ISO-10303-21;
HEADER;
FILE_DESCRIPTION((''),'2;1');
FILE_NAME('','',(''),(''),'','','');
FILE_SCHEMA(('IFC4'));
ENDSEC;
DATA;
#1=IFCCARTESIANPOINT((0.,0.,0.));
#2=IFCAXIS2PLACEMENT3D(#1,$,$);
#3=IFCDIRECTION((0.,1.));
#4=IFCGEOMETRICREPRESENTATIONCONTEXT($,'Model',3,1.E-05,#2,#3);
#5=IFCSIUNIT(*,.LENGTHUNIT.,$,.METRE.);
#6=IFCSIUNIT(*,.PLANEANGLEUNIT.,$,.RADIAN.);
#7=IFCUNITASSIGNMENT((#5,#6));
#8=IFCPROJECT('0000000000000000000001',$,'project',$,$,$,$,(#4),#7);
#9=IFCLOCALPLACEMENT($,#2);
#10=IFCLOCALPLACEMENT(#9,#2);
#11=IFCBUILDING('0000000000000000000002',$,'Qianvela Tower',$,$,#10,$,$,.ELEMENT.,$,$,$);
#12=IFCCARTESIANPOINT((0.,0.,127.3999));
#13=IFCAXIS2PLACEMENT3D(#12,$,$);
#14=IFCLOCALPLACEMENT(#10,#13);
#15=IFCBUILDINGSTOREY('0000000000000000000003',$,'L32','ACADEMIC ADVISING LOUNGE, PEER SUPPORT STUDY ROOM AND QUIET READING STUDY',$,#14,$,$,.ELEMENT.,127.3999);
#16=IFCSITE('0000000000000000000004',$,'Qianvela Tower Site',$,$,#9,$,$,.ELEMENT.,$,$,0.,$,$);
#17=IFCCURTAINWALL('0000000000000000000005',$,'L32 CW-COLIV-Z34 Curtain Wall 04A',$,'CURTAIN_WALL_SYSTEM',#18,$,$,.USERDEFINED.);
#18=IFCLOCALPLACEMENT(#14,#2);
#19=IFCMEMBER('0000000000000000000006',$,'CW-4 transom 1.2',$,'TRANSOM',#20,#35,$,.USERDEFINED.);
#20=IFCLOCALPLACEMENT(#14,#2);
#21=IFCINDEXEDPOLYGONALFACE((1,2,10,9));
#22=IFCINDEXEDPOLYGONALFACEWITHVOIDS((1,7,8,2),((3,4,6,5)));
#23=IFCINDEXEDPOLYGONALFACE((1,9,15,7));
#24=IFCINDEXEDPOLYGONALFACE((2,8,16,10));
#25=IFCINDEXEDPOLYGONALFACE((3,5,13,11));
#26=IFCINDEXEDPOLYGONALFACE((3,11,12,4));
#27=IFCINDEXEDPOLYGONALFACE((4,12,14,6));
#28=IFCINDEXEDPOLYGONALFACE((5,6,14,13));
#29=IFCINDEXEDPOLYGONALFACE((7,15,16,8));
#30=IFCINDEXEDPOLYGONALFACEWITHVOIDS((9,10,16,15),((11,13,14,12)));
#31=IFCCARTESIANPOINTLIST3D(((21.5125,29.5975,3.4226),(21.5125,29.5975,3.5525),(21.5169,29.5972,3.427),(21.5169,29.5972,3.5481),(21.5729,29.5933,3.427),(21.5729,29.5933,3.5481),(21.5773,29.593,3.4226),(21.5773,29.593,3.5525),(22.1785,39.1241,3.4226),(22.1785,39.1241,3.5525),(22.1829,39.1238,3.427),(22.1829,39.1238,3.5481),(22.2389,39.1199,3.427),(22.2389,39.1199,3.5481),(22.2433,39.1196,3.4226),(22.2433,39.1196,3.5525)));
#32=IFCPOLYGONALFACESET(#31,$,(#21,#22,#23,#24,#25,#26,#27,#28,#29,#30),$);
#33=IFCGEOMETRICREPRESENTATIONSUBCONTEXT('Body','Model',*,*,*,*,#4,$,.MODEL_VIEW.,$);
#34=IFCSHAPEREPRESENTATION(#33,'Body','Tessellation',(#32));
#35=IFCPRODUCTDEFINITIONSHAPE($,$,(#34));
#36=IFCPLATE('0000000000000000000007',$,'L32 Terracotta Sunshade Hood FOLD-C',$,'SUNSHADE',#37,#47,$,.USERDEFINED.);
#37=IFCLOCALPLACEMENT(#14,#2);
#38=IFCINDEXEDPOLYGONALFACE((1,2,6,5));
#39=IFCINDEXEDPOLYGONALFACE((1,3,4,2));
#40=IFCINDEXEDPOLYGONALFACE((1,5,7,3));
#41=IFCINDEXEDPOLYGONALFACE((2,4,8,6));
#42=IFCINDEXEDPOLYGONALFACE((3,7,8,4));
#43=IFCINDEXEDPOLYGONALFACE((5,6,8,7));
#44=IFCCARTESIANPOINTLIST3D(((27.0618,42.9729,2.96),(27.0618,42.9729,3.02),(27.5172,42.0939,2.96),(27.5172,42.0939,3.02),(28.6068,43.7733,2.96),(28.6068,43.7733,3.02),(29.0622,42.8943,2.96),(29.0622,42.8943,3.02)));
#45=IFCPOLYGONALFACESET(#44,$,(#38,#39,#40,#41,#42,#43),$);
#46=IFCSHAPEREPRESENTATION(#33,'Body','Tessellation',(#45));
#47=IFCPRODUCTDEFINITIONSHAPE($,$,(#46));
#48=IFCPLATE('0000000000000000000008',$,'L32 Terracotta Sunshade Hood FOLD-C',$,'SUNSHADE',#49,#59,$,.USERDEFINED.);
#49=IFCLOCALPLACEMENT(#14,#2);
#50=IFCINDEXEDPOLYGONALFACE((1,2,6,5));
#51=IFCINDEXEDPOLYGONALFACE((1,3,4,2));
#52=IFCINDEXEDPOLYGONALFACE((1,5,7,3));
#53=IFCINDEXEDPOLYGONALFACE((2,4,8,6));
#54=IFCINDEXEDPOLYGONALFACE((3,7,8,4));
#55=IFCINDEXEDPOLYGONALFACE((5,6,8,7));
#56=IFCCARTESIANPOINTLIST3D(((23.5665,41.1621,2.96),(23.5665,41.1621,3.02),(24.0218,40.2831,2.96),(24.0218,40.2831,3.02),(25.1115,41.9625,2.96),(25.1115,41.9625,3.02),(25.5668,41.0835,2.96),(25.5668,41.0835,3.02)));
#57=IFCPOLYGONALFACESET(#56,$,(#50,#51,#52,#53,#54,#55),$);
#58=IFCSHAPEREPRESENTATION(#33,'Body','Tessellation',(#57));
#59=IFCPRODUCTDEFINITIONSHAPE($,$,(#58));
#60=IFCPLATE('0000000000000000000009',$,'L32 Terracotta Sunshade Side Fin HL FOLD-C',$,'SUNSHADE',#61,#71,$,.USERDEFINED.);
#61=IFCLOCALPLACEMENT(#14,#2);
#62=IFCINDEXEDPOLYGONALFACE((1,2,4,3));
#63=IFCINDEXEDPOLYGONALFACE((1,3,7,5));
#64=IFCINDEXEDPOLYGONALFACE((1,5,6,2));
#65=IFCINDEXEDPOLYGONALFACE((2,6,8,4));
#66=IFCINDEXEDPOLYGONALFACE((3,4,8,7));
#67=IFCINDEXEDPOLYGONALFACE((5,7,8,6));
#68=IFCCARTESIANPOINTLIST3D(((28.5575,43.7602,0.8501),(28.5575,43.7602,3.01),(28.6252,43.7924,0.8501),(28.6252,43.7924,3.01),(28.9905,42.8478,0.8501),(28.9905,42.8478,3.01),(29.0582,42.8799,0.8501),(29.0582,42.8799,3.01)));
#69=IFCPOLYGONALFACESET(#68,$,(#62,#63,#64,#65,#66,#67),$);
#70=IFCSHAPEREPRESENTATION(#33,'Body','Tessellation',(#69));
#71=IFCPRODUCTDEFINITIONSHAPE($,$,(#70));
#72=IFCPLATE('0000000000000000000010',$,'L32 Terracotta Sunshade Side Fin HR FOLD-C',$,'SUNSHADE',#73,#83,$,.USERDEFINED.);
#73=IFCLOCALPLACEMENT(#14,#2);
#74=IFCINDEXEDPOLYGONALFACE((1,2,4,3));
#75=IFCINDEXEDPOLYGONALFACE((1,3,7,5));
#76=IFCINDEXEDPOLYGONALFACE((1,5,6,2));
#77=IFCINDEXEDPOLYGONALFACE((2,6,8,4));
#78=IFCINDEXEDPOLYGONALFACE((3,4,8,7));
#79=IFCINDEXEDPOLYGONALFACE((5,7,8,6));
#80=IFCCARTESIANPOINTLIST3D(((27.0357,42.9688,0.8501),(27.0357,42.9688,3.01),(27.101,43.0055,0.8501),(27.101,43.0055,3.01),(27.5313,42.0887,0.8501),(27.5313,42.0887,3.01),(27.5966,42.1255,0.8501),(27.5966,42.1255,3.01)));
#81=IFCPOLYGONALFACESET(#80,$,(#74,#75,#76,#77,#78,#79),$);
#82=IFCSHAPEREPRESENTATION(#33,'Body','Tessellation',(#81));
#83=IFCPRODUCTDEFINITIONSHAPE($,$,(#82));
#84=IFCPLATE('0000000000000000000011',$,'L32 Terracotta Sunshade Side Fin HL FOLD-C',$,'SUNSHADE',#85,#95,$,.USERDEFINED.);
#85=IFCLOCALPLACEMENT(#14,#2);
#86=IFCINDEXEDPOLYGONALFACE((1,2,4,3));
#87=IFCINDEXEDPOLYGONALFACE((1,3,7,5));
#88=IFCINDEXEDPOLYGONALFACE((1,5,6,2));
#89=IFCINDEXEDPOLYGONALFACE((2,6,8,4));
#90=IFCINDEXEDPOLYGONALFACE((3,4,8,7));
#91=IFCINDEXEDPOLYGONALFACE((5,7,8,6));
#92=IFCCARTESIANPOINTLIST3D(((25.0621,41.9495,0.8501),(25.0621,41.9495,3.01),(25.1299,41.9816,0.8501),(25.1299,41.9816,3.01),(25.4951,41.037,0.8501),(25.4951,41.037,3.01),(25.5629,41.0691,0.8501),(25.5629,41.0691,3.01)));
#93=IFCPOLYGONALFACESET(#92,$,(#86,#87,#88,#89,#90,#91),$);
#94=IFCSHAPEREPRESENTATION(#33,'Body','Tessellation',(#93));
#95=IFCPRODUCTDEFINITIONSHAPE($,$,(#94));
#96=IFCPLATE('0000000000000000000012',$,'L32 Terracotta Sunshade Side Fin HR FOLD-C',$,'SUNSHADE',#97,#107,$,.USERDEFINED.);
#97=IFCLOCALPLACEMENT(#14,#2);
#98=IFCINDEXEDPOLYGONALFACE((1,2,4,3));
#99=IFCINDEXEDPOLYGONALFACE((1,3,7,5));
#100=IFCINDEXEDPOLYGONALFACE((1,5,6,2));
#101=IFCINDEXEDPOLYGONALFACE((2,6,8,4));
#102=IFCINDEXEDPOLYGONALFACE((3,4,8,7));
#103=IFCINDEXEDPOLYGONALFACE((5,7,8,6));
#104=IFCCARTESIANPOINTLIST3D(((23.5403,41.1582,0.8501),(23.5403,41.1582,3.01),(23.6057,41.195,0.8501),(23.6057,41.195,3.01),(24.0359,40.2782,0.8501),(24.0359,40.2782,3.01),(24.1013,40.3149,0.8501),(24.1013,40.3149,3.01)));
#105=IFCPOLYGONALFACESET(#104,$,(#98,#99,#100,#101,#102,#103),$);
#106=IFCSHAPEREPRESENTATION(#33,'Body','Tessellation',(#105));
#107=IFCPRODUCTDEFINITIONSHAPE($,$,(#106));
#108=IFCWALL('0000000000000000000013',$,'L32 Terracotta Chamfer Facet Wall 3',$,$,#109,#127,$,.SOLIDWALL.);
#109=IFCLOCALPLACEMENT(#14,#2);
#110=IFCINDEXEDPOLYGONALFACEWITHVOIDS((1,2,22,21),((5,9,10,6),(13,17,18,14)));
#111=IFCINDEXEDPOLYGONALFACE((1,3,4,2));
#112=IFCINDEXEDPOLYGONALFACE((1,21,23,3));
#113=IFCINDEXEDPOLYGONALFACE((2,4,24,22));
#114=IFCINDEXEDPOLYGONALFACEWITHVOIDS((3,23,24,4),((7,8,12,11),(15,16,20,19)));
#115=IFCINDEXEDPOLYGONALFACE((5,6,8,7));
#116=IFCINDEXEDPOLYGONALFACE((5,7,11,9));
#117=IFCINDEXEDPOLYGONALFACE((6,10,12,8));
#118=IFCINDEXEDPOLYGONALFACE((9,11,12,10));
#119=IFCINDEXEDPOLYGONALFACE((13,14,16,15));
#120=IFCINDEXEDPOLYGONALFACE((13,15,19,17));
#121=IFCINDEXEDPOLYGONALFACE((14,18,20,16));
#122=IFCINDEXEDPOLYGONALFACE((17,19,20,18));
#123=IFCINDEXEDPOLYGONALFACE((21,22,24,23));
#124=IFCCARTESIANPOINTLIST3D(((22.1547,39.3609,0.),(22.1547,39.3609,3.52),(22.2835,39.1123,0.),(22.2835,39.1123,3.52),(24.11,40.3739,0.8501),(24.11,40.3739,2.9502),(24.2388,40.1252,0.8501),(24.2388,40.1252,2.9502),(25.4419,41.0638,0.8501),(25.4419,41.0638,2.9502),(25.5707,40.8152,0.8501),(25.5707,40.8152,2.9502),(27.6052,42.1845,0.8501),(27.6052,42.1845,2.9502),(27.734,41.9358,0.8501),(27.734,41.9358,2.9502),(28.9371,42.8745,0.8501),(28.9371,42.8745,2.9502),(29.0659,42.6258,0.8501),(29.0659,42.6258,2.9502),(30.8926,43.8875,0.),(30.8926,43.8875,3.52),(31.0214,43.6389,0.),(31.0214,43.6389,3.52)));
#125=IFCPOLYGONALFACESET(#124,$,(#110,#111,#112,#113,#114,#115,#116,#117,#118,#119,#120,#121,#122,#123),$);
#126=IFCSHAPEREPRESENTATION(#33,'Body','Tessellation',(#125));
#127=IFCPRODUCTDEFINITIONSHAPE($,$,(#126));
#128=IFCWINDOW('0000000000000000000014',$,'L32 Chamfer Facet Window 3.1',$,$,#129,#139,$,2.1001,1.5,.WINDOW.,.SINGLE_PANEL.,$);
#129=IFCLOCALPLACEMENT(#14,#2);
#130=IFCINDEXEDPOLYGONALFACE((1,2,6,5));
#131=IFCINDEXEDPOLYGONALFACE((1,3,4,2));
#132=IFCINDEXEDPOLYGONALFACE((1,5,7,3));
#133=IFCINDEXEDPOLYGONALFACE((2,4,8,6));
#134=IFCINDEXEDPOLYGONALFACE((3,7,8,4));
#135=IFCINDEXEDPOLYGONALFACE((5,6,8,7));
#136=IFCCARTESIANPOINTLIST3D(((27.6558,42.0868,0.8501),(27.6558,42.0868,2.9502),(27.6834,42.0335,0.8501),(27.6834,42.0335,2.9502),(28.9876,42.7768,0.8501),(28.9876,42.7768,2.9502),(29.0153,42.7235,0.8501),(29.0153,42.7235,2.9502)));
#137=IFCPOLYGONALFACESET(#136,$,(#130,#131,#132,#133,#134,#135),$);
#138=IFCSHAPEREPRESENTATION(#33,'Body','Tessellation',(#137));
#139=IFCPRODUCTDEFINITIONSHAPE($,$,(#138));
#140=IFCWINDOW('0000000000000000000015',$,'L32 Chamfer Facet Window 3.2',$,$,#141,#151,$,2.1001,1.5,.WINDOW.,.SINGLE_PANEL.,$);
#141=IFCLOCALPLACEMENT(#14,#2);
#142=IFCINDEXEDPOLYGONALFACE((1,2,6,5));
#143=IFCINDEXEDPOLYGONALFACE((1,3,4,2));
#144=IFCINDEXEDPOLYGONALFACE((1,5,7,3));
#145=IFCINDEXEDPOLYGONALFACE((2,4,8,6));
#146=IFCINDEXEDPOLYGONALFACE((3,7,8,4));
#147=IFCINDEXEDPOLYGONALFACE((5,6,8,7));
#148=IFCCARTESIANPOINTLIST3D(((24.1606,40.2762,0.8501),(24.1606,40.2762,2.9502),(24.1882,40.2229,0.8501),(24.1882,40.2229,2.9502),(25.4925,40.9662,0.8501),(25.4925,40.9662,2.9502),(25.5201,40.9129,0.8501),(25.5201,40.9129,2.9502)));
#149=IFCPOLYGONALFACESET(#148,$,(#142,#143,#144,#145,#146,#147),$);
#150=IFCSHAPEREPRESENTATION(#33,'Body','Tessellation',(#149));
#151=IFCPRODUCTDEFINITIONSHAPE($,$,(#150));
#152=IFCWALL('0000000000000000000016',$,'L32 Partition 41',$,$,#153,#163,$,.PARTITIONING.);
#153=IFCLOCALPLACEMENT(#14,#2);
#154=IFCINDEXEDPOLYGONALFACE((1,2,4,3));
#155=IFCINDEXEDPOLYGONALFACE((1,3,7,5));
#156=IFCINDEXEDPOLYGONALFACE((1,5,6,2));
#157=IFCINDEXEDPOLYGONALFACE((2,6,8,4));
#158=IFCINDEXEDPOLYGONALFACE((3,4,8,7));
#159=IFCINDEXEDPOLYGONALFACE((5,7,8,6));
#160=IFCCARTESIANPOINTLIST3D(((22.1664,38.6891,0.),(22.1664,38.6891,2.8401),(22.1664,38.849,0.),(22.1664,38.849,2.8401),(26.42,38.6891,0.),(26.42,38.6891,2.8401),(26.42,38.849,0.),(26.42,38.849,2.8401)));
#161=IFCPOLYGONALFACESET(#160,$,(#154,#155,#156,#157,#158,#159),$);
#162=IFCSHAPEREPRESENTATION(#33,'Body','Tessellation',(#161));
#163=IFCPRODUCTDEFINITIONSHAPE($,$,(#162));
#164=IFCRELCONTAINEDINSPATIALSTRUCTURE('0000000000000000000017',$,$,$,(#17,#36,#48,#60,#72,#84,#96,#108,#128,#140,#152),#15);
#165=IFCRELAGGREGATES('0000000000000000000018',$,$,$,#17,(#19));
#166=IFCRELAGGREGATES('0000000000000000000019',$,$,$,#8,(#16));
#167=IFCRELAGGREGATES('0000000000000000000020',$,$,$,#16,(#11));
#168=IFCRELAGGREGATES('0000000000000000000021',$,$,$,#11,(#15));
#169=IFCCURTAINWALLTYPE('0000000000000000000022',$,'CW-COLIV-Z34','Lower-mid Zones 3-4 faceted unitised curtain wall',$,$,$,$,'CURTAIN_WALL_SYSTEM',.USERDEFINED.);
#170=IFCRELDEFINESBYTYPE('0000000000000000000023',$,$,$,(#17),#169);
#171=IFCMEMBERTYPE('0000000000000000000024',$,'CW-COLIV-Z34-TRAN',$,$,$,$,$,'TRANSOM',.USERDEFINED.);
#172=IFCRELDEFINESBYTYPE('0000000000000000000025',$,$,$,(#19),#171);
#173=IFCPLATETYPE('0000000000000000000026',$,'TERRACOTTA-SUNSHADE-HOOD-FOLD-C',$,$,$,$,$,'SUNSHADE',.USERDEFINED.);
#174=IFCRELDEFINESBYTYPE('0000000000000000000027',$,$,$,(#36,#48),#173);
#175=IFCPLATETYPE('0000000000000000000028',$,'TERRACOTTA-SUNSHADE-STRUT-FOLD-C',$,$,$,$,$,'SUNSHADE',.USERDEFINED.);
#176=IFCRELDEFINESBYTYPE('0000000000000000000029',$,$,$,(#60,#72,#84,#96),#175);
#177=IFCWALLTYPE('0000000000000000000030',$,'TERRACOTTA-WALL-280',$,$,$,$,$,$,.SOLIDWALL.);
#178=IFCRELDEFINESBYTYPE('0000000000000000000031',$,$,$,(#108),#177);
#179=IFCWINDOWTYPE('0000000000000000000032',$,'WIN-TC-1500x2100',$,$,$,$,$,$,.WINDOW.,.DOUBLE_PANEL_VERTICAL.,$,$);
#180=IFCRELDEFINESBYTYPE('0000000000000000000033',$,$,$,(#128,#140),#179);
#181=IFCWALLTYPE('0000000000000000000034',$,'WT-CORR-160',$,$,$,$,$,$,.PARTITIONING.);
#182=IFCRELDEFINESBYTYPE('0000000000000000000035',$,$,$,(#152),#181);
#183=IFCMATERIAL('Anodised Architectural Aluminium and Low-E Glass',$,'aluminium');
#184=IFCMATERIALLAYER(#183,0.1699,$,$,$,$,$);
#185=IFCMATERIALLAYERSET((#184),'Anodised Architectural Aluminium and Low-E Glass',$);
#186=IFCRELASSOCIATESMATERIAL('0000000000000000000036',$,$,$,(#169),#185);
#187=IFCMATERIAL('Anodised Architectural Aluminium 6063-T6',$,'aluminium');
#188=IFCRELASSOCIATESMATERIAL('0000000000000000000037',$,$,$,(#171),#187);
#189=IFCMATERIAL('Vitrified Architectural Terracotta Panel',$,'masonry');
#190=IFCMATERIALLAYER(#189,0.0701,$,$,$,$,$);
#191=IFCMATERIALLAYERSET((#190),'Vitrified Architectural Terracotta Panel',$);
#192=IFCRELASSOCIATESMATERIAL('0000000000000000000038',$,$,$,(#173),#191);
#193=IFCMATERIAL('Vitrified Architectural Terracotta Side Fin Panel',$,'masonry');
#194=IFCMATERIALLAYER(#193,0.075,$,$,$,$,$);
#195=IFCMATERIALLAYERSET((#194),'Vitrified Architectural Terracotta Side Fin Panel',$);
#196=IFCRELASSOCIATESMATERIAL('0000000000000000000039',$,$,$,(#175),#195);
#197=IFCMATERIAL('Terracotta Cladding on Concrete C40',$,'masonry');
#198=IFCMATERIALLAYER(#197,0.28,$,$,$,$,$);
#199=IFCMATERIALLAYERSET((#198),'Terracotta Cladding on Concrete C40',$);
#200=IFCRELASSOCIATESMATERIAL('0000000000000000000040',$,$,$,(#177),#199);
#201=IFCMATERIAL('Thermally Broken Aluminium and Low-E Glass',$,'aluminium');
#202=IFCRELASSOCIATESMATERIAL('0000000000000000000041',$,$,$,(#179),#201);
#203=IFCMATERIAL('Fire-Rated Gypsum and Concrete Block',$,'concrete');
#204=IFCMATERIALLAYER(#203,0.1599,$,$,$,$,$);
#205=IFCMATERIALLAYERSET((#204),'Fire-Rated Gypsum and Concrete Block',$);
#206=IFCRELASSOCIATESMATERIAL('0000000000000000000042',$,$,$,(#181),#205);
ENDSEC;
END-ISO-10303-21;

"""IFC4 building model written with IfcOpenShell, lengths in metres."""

from ifc_helpers import new_model, si_unit, direction, frame, frame_2d, origin, origin_2d, place, context, subcontext, project, spatial, rectangle, hollow_rectangle, extrude, material, layer, layer_set, material_profile, profile_set, type_object, element, fill, aggregate, save


model = new_model("IFC4")

# Units and contexts
model_context = context("Model", 3, precision=1e-05, world=origin(), true_north=direction((0.0, 1.0)))
body_context = subcontext(model_context, "Body", "Model", "MODEL_VIEW")
ifc_project = project(units=[si_unit("LENGTHUNIT", "METRE"), si_unit("PLANEANGLEUNIT", "RADIAN")], contexts=[model_context])

# Site, building, storey
site_placement = place(None, origin())
site = spatial("IfcSite", under=ifc_project, at=site_placement, Name="Qianvela Tower Site", CompositionType="ELEMENT", RefElevation=0.0)
building_placement = place(site_placement, origin())
building = spatial("IfcBuilding", under=site, at=building_placement, Name="Qianvela Tower", CompositionType="ELEMENT")
storey_placement = place(building_placement, frame((0.0, 0.0, 127.3999)))
storey = spatial("IfcBuildingStorey", under=building, at=storey_placement, Name="L32", Description="ACADEMIC ADVISING LOUNGE, PEER SUPPORT STUDY ROOM AND QUIET READING STUDY", CompositionType="ELEMENT", Elevation=127.3999)

# Shared definitions
ifc_material_1 = material(Name="Anodised Architectural Aluminium and Low-E Glass", Category="aluminium")
ifc_layer_1 = layer(ifc_material_1, 0.1699)
ifc_layer_set_1 = layer_set([ifc_layer_1], Name="Anodised Architectural Aluminium and Low-E Glass")
curtain_wall_type = type_object("IfcCurtainWallType", Name="CW-COLIV-Z34", Description="Lower-mid Zones 3-4 faceted unitised curtain wall", ElementType="CURTAIN_WALL_SYSTEM", PredefinedType="USERDEFINED", material=ifc_layer_set_1)

# Curtain wall, member
curtain_wall_1_placement = place(storey_placement, origin())
curtain_wall_1 = element("IfcCurtainWall", 1, at=curtain_wall_1_placement, inside=storey, type_object=curtain_wall_type, Name="L32 CW-COLIV-Z34 Curtain Wall 04A", ObjectType="CURTAIN_WALL_SYSTEM", PredefinedType="USERDEFINED")
ifc_material_2 = material(Name="Anodised Architectural Aluminium 6063-T6", Category="aluminium")
ifc_material_profile_1 = material_profile(ifc_material_2, hollow_rectangle(XDim=0.0649, YDim=0.1299, WallThickness=0.0044, at=origin_2d()), Name="ALU-TRAN-65x130")
ifc_profile_set_1 = profile_set([ifc_material_profile_1], Name="Anodised Architectural Aluminium 6063-T6")
member_type_1 = type_object("IfcMemberType", Name="CW-COLIV-Z34-TRAN", ElementType="TRANSOM", PredefinedType="USERDEFINED", material=ifc_profile_set_1)
member_1_placement = place(storey_placement, frame((22.2109, 39.1218, 3.4875), z_axis=(-0.069741, -0.997565, 0.0), x_axis=(0.997565, -0.069741, 0.0)))
member_1 = element("IfcMember", 2, at=member_1_placement, type_object=member_type_1, Name="CW-4 transom 1.2", ObjectType="TRANSOM", PredefinedType="USERDEFINED", context=body_context, shape_type="SweptSolid", body=[
    extrude(hollow_rectangle(XDim=0.0649, YDim=0.1299, WallThickness=0.0044, at=origin_2d()), origin(), (0.0, 0.0, 1.0), 9.5498),
])
aggregate(curtain_wall_1, [member_1])

# Plates
ifc_material_3 = material(Name="Vitrified Architectural Terracotta Panel", Category="masonry")
ifc_layer_2 = layer(ifc_material_3, 0.0701)
ifc_layer_set_2 = layer_set([ifc_layer_2], Name="Vitrified Architectural Terracotta Panel")
plate_type_1 = type_object("IfcPlateType", Name="TERRACOTTA-SUNSHADE-HOOD-FOLD-C", ElementType="SUNSHADE", PredefinedType="USERDEFINED", material=ifc_layer_set_2)
for number, where, z_axis, x_axis, name in (
    (3, (28.062, 42.9336, 2.96), (0.0, 0.0, 1.0), (-0.887928, -0.459983, 0.0), "L32 Terracotta Sunshade Hood FOLD-C"),
    (4, (24.5667, 41.1228, 2.96), (0.0, 0.0, 1.0), (-0.887928, -0.459983, 0.0), "L32 Terracotta Sunshade Hood FOLD-C"),
):
    element("IfcPlate", number, at=place(storey_placement, frame(where, z_axis=z_axis, x_axis=x_axis)), inside=storey, type_object=plate_type_1, Name=name, ObjectType="SUNSHADE", PredefinedType="USERDEFINED", context=body_context, shape_type="SweptSolid", body=[
        extrude(rectangle(XDim=1.74, YDim=0.99, at=origin_2d()), origin(), (0.0, 0.0, 1.0), 0.0601),
    ])
ifc_material_4 = material(Name="Vitrified Architectural Terracotta Side Fin Panel", Category="masonry")
ifc_layer_3 = layer(ifc_material_4, 0.075)
ifc_layer_set_3 = layer_set([ifc_layer_3], Name="Vitrified Architectural Terracotta Side Fin Panel")
plate_type_2 = type_object("IfcPlateType", Name="TERRACOTTA-SUNSHADE-STRUT-FOLD-C", ElementType="SUNSHADE", PredefinedType="USERDEFINED", material=ifc_layer_set_3)
for number, where, z_axis, x_axis, name in (
    (5, (28.8079, 43.3201, 0.8501), (0.0, 0.0, 1.0), (-0.90344, -0.428714, 0.0), "L32 Terracotta Sunshade Side Fin HL FOLD-C"),
    (6, (27.3162, 42.5471, 0.8501), (0.0, 0.0, 1.0), (-0.871334, -0.490691, 0.0), "L32 Terracotta Sunshade Side Fin HR FOLD-C"),
    (7, (25.3125, 41.5093, 0.8501), (0.0, 0.0, 1.0), (-0.90344, -0.428714, 0.0), "L32 Terracotta Sunshade Side Fin HL FOLD-C"),
    (8, (23.8208, 40.7366, 0.8501), (0.0, 0.0, 1.0), (-0.871334, -0.490691, 0.0), "L32 Terracotta Sunshade Side Fin HR FOLD-C"),
):
    element("IfcPlate", number, at=place(storey_placement, frame(where, z_axis=z_axis, x_axis=x_axis)), inside=storey, type_object=plate_type_2, Name=name, ObjectType="SUNSHADE", PredefinedType="USERDEFINED", context=body_context, shape_type="SweptSolid", body=[
        extrude(rectangle(XDim=0.075, YDim=1.01, at=origin_2d()), origin(), (0.0, 0.0, 1.0), 2.1599),
    ])

# Wall, openings, windows
ifc_material_5 = material(Name="Terracotta Cladding on Concrete C40", Category="masonry")
ifc_layer_4 = layer(ifc_material_5, 0.28)
ifc_layer_set_4 = layer_set([ifc_layer_4], Name="Terracotta Cladding on Concrete C40")
wall_type_1 = type_object("IfcWallType", Name="TERRACOTTA-WALL-280", PredefinedType="SOLIDWALL", material=ifc_layer_set_4)
wall_1_placement = place(storey_placement, frame((30.957, 43.7632, 0.0), z_axis=(0.0, 0.0, 1.0), x_axis=(-0.88793, -0.459979, 0.0)))
wall_1 = element("IfcWall", 9, at=wall_1_placement, inside=storey, type_object=wall_type_1, Name="L32 Terracotta Chamfer Facet Wall 3", PredefinedType="SOLIDWALL", context=body_context, shape_type="SweptSolid", body=[
    extrude(rectangle(XDim=9.8408, YDim=0.28, at=frame_2d((4.9204, 0.0))), origin(), (0.0, 0.0, 1.0), 3.52),
])
opening_1_placement = place(wall_1_placement, frame((2.2024, 0.0, 0.8501)))
opening_1 = element("IfcOpeningElement", 10, at=opening_1_placement, cuts=wall_1, PredefinedType="OPENING", context=body_context, shape_type="SweptSolid", body=[
    extrude(rectangle(XDim=1.5, YDim=2.1001, at=frame_2d((0.75, 1.05))), frame((0.0, 0.1499, 0.0), z_axis=(0.0, -1.0, 0.0), x_axis=(1.0, 0.0, 0.0)), (0.0, 0.0, 1.0), 0.3),
])
opening_2_placement = place(wall_1_placement, frame((6.1387, 0.0, 0.8501)))
opening_2 = element("IfcOpeningElement", 11, at=opening_2_placement, cuts=wall_1, PredefinedType="OPENING", context=body_context, shape_type="SweptSolid", body=[
    extrude(rectangle(XDim=1.5, YDim=2.1001, at=frame_2d((0.75, 1.05))), frame((0.0, 0.1499, 0.0), z_axis=(0.0, -1.0, 0.0), x_axis=(1.0, 0.0, 0.0)), (0.0, 0.0, 1.0), 0.3),
])
ifc_material_6 = material(Name="Thermally Broken Aluminium and Low-E Glass", Category="aluminium")
window_type = type_object("IfcWindowType", Name="WIN-TC-1500x2100", PartitioningType="DOUBLE_PANEL_VERTICAL", PredefinedType="WINDOW", material=ifc_material_6)
window_1_placement = place(opening_1_placement, origin())
window_1 = element("IfcWindow", 12, at=window_1_placement, inside=storey, type_object=window_type, Name="L32 Chamfer Facet Window 3.1", OverallHeight=2.1001, OverallWidth=1.5, PartitioningType="SINGLE_PANEL", PredefinedType="WINDOW", context=body_context, shape_type="SweptSolid", body=[
    extrude(rectangle(XDim=1.5, YDim=2.1001, at=frame_2d((0.75, 1.05))), frame((0.0, 0.03, 0.0), z_axis=(0.0, -1.0, 0.0), x_axis=(1.0, 0.0, 0.0)), (0.0, 0.0, 1.0), 0.0601),
])
fill(opening_1, window_1)
window_2_placement = place(opening_2_placement, origin())
window_2 = element("IfcWindow", 13, at=window_2_placement, inside=storey, type_object=window_type, Name="L32 Chamfer Facet Window 3.2", OverallHeight=2.1001, OverallWidth=1.5, PartitioningType="SINGLE_PANEL", PredefinedType="WINDOW", context=body_context, shape_type="SweptSolid", body=[
    extrude(rectangle(XDim=1.5, YDim=2.1001, at=frame_2d((0.75, 1.05))), frame((0.0, 0.03, 0.0), z_axis=(0.0, -1.0, 0.0), x_axis=(1.0, 0.0, 0.0)), (0.0, 0.0, 1.0), 0.0601),
])
fill(opening_2, window_2)

# Wall
ifc_material_7 = material(Name="Fire-Rated Gypsum and Concrete Block", Category="concrete")
ifc_layer_5 = layer(ifc_material_7, 0.1599)
ifc_layer_set_5 = layer_set([ifc_layer_5], Name="Fire-Rated Gypsum and Concrete Block")
wall_type_2 = type_object("IfcWallType", Name="WT-CORR-160", PredefinedType="PARTITIONING", material=ifc_layer_set_5)
wall_2_placement = place(storey_placement, frame((22.1663, 38.769, 0.0), z_axis=(0.0, 0.0, 1.0), x_axis=(1.0, 0.0, 0.0)))
element("IfcWall", 14, at=wall_2_placement, inside=storey, type_object=wall_type_2, Name="L32 Partition 41", PredefinedType="PARTITIONING", context=body_context, shape_type="SweptSolid", body=[
    extrude(rectangle(XDim=4.2537, YDim=0.1599, at=frame_2d((2.127, 0.0))), origin(), (0.0, 0.0, 1.0), 2.8401),
])

save(model, "model.ifc")
